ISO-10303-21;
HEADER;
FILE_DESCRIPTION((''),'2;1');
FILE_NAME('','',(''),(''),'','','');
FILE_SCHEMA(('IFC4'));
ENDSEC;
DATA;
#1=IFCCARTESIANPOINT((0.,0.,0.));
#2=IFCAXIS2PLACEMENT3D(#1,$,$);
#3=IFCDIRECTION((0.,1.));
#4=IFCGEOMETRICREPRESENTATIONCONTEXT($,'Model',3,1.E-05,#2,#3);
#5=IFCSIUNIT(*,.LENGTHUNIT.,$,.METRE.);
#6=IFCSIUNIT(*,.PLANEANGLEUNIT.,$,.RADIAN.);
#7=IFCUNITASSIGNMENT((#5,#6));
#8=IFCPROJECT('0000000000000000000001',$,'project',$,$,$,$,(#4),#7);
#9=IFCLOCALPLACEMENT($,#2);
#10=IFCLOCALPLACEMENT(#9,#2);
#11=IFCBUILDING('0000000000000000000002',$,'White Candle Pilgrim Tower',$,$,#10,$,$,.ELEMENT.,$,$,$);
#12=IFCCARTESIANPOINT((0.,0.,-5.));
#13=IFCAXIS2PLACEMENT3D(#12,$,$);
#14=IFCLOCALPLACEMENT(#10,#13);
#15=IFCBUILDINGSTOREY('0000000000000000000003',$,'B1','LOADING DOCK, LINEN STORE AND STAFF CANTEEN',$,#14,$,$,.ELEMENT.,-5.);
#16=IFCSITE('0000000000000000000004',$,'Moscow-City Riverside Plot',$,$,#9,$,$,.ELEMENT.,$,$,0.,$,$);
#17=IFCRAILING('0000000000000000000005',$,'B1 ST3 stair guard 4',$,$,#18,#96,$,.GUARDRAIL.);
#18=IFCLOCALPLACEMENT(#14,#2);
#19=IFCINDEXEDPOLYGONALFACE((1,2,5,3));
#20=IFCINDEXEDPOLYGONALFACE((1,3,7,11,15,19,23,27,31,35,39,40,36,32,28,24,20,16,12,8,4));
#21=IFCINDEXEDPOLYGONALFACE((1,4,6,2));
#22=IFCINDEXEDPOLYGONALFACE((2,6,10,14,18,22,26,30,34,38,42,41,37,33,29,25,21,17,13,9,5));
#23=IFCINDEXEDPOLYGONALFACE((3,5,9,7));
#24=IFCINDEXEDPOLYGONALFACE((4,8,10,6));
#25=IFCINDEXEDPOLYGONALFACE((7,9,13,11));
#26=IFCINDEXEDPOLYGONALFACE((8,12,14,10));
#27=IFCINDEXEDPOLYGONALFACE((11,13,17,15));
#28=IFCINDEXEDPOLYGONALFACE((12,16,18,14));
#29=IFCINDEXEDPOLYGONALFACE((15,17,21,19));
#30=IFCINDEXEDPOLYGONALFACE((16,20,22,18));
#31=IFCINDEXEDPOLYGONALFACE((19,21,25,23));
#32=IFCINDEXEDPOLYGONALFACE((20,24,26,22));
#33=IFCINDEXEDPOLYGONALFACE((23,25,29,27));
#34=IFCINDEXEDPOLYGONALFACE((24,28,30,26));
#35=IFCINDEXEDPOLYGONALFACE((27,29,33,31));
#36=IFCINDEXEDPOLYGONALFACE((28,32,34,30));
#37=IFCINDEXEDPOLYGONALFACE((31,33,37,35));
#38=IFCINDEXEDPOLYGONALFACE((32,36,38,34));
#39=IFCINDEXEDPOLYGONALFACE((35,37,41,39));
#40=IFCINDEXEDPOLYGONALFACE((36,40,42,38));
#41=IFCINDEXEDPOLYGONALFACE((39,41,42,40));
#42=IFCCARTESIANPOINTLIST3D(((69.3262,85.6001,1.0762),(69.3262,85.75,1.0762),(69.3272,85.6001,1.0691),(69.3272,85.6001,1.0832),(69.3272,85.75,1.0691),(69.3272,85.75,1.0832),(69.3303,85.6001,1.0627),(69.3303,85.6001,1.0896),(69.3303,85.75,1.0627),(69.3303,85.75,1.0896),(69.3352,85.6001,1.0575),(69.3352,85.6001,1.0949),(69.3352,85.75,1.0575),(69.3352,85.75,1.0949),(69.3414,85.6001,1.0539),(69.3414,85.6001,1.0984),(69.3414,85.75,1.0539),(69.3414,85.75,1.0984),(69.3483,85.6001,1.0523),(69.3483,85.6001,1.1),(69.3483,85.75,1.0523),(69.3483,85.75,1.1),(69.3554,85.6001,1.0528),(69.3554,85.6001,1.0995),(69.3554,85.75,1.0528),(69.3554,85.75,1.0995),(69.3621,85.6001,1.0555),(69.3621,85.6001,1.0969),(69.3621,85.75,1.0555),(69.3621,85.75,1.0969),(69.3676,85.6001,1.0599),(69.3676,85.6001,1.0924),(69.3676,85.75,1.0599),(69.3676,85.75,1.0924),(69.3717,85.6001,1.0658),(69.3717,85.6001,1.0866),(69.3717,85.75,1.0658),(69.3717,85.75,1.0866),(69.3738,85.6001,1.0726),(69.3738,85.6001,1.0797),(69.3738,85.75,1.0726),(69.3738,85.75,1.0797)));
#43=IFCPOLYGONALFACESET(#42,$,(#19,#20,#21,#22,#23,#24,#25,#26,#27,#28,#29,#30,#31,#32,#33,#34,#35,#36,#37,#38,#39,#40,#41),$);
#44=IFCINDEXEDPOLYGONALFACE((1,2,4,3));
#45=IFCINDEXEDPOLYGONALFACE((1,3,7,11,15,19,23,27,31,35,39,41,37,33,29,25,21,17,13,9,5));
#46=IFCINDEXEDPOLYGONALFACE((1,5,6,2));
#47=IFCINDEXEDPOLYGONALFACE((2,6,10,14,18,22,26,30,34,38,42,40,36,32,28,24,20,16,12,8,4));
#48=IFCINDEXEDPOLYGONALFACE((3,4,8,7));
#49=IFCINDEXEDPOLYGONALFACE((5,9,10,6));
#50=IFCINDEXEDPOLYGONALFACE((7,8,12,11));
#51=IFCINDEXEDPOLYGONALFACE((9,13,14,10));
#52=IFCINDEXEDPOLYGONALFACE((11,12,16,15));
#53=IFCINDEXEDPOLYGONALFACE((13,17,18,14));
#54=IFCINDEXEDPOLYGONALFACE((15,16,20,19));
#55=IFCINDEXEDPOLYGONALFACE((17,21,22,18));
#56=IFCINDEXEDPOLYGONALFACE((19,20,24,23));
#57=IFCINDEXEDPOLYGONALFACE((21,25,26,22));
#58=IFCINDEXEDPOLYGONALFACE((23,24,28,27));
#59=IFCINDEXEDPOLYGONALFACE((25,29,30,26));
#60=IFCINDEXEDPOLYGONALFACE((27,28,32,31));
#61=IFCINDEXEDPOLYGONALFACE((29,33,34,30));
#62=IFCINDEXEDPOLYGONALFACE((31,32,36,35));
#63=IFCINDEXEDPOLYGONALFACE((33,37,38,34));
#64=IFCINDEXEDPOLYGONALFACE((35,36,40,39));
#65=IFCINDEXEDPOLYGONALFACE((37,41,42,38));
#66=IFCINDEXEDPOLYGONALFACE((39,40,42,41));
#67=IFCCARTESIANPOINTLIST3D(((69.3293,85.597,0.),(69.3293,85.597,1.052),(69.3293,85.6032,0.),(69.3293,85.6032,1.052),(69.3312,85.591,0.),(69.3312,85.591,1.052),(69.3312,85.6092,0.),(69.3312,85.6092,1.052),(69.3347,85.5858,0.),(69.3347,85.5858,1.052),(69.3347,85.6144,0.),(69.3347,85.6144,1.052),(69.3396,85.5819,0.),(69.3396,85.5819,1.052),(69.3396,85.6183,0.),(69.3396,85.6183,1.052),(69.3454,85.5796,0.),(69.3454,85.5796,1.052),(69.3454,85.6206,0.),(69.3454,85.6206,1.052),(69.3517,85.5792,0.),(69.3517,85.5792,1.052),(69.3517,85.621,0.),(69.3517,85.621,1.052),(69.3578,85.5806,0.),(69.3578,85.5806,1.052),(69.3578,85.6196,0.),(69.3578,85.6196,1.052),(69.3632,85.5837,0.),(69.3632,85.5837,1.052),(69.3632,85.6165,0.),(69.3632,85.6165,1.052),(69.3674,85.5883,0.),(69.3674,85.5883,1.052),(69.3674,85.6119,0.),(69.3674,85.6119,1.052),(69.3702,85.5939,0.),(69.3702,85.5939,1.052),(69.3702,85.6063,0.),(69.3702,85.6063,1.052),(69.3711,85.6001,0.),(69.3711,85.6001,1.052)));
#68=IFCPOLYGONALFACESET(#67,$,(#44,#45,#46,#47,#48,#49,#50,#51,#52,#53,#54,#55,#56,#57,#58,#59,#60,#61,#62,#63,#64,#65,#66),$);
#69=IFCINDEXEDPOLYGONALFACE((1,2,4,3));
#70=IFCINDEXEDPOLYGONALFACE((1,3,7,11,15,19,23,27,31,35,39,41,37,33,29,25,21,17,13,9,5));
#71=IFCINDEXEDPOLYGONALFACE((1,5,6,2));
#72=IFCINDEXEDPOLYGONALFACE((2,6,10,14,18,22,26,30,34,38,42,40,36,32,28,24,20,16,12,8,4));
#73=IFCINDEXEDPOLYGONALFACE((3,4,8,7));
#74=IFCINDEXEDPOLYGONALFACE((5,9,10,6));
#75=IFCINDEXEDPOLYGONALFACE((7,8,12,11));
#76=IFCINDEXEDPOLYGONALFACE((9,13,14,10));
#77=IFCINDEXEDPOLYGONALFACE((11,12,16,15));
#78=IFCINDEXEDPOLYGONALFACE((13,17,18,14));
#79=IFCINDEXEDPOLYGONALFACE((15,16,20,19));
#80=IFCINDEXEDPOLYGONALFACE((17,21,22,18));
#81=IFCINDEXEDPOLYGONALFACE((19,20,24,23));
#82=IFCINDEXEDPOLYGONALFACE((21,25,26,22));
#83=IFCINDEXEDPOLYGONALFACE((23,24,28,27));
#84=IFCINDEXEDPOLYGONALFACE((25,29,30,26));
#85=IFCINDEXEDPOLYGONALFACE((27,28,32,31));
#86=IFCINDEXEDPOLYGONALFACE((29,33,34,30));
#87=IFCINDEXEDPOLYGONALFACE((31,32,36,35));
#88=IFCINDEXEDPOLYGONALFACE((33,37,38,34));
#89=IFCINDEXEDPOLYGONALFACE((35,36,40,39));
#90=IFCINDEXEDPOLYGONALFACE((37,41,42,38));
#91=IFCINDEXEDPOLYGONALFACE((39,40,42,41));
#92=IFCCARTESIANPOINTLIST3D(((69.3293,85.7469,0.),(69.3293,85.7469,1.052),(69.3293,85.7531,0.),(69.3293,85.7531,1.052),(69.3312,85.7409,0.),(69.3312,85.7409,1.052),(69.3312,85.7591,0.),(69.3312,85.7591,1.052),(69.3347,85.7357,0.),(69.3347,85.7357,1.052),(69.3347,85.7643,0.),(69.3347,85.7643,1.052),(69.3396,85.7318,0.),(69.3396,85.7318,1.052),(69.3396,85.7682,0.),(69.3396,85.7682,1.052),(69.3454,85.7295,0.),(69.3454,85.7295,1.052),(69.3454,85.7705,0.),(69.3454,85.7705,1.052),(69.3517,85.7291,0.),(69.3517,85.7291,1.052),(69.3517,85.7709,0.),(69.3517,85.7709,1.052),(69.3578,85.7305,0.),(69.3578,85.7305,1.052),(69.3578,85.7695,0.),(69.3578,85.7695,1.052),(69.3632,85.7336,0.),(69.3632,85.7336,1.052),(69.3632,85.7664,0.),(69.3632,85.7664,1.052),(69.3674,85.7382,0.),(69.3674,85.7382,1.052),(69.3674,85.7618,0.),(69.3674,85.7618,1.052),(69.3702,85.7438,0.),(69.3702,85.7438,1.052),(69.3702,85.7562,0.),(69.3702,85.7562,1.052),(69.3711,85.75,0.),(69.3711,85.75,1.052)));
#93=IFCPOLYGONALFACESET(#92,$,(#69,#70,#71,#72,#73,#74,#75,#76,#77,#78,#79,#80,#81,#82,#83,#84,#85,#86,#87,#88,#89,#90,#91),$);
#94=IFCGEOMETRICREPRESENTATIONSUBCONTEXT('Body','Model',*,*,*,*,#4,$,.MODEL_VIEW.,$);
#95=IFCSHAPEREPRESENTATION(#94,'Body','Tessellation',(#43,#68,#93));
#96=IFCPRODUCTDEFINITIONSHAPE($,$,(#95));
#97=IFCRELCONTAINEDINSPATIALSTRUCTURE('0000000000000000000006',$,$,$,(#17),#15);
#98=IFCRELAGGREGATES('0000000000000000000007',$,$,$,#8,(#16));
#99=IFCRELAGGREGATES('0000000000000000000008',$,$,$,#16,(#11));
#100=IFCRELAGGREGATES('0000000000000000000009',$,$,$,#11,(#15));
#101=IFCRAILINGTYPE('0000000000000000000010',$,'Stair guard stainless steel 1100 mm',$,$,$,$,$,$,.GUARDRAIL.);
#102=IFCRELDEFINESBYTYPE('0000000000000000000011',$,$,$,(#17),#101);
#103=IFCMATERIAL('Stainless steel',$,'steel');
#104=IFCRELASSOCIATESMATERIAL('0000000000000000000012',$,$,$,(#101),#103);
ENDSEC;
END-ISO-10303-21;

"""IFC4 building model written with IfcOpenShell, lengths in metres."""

from ifc_helpers import new_model, si_unit, direction, frame, origin, origin_2d, place, context, subcontext, project, spatial, circle, extrude, material, type_object, element, save


model = new_model("IFC4")

# Units and contexts
model_context = context("Model", 3, precision=1e-05, world=origin(), true_north=direction((0.0, 1.0)))
body_context = subcontext(model_context, "Body", "Model", "MODEL_VIEW")
ifc_project = project(units=[si_unit("LENGTHUNIT", "METRE"), si_unit("PLANEANGLEUNIT", "RADIAN")], contexts=[model_context])

# Site, building, storey
site_placement = place(None, origin())
site = spatial("IfcSite", under=ifc_project, at=site_placement, Name="Moscow-City Riverside Plot", CompositionType="ELEMENT", RefElevation=0.0)
building_placement = place(site_placement, origin())
building = spatial("IfcBuilding", under=site, at=building_placement, Name="White Candle Pilgrim Tower", CompositionType="ELEMENT")
storey_placement = place(building_placement, frame((0.0, 0.0, -5.0)))
storey = spatial("IfcBuildingStorey", under=building, at=storey_placement, Name="B1", Description="LOADING DOCK, LINEN STORE AND STAFF CANTEEN", CompositionType="ELEMENT", Elevation=-5.0)

# Railing
ifc_material_1 = material(Name="Stainless steel", Category="steel")
railing_type_1 = type_object("IfcRailingType", Name="Stair guard stainless steel 1100 mm", PredefinedType="GUARDRAIL", material=ifc_material_1)
railing_1_placement = place(storey_placement, frame((69.3501, 85.6001, 0.0)))
element("IfcRailing", 1, at=railing_1_placement, inside=storey, type_object=railing_type_1, Name="B1 ST3 stair guard 4", PredefinedType="GUARDRAIL", context=body_context, shape_type="SweptSolid", body=[
    extrude(circle(Radius=0.0239, at=origin_2d()), frame((0.0, 0.0, 1.0762), z_axis=(0.0, 1.0, 0.0), x_axis=(-1.0, 0.0, 0.0)), (0.0, 0.0, 1.0), 0.1499),
    extrude(circle(Radius=0.021, at=origin_2d()), origin(), (0.0, 0.0, 1.0), 1.052),
    extrude(circle(Radius=0.021, at=origin_2d()), frame((0.0, 0.1499, 0.0)), (0.0, 0.0, 1.0), 1.052),
])

save(model, "model.ifc")
